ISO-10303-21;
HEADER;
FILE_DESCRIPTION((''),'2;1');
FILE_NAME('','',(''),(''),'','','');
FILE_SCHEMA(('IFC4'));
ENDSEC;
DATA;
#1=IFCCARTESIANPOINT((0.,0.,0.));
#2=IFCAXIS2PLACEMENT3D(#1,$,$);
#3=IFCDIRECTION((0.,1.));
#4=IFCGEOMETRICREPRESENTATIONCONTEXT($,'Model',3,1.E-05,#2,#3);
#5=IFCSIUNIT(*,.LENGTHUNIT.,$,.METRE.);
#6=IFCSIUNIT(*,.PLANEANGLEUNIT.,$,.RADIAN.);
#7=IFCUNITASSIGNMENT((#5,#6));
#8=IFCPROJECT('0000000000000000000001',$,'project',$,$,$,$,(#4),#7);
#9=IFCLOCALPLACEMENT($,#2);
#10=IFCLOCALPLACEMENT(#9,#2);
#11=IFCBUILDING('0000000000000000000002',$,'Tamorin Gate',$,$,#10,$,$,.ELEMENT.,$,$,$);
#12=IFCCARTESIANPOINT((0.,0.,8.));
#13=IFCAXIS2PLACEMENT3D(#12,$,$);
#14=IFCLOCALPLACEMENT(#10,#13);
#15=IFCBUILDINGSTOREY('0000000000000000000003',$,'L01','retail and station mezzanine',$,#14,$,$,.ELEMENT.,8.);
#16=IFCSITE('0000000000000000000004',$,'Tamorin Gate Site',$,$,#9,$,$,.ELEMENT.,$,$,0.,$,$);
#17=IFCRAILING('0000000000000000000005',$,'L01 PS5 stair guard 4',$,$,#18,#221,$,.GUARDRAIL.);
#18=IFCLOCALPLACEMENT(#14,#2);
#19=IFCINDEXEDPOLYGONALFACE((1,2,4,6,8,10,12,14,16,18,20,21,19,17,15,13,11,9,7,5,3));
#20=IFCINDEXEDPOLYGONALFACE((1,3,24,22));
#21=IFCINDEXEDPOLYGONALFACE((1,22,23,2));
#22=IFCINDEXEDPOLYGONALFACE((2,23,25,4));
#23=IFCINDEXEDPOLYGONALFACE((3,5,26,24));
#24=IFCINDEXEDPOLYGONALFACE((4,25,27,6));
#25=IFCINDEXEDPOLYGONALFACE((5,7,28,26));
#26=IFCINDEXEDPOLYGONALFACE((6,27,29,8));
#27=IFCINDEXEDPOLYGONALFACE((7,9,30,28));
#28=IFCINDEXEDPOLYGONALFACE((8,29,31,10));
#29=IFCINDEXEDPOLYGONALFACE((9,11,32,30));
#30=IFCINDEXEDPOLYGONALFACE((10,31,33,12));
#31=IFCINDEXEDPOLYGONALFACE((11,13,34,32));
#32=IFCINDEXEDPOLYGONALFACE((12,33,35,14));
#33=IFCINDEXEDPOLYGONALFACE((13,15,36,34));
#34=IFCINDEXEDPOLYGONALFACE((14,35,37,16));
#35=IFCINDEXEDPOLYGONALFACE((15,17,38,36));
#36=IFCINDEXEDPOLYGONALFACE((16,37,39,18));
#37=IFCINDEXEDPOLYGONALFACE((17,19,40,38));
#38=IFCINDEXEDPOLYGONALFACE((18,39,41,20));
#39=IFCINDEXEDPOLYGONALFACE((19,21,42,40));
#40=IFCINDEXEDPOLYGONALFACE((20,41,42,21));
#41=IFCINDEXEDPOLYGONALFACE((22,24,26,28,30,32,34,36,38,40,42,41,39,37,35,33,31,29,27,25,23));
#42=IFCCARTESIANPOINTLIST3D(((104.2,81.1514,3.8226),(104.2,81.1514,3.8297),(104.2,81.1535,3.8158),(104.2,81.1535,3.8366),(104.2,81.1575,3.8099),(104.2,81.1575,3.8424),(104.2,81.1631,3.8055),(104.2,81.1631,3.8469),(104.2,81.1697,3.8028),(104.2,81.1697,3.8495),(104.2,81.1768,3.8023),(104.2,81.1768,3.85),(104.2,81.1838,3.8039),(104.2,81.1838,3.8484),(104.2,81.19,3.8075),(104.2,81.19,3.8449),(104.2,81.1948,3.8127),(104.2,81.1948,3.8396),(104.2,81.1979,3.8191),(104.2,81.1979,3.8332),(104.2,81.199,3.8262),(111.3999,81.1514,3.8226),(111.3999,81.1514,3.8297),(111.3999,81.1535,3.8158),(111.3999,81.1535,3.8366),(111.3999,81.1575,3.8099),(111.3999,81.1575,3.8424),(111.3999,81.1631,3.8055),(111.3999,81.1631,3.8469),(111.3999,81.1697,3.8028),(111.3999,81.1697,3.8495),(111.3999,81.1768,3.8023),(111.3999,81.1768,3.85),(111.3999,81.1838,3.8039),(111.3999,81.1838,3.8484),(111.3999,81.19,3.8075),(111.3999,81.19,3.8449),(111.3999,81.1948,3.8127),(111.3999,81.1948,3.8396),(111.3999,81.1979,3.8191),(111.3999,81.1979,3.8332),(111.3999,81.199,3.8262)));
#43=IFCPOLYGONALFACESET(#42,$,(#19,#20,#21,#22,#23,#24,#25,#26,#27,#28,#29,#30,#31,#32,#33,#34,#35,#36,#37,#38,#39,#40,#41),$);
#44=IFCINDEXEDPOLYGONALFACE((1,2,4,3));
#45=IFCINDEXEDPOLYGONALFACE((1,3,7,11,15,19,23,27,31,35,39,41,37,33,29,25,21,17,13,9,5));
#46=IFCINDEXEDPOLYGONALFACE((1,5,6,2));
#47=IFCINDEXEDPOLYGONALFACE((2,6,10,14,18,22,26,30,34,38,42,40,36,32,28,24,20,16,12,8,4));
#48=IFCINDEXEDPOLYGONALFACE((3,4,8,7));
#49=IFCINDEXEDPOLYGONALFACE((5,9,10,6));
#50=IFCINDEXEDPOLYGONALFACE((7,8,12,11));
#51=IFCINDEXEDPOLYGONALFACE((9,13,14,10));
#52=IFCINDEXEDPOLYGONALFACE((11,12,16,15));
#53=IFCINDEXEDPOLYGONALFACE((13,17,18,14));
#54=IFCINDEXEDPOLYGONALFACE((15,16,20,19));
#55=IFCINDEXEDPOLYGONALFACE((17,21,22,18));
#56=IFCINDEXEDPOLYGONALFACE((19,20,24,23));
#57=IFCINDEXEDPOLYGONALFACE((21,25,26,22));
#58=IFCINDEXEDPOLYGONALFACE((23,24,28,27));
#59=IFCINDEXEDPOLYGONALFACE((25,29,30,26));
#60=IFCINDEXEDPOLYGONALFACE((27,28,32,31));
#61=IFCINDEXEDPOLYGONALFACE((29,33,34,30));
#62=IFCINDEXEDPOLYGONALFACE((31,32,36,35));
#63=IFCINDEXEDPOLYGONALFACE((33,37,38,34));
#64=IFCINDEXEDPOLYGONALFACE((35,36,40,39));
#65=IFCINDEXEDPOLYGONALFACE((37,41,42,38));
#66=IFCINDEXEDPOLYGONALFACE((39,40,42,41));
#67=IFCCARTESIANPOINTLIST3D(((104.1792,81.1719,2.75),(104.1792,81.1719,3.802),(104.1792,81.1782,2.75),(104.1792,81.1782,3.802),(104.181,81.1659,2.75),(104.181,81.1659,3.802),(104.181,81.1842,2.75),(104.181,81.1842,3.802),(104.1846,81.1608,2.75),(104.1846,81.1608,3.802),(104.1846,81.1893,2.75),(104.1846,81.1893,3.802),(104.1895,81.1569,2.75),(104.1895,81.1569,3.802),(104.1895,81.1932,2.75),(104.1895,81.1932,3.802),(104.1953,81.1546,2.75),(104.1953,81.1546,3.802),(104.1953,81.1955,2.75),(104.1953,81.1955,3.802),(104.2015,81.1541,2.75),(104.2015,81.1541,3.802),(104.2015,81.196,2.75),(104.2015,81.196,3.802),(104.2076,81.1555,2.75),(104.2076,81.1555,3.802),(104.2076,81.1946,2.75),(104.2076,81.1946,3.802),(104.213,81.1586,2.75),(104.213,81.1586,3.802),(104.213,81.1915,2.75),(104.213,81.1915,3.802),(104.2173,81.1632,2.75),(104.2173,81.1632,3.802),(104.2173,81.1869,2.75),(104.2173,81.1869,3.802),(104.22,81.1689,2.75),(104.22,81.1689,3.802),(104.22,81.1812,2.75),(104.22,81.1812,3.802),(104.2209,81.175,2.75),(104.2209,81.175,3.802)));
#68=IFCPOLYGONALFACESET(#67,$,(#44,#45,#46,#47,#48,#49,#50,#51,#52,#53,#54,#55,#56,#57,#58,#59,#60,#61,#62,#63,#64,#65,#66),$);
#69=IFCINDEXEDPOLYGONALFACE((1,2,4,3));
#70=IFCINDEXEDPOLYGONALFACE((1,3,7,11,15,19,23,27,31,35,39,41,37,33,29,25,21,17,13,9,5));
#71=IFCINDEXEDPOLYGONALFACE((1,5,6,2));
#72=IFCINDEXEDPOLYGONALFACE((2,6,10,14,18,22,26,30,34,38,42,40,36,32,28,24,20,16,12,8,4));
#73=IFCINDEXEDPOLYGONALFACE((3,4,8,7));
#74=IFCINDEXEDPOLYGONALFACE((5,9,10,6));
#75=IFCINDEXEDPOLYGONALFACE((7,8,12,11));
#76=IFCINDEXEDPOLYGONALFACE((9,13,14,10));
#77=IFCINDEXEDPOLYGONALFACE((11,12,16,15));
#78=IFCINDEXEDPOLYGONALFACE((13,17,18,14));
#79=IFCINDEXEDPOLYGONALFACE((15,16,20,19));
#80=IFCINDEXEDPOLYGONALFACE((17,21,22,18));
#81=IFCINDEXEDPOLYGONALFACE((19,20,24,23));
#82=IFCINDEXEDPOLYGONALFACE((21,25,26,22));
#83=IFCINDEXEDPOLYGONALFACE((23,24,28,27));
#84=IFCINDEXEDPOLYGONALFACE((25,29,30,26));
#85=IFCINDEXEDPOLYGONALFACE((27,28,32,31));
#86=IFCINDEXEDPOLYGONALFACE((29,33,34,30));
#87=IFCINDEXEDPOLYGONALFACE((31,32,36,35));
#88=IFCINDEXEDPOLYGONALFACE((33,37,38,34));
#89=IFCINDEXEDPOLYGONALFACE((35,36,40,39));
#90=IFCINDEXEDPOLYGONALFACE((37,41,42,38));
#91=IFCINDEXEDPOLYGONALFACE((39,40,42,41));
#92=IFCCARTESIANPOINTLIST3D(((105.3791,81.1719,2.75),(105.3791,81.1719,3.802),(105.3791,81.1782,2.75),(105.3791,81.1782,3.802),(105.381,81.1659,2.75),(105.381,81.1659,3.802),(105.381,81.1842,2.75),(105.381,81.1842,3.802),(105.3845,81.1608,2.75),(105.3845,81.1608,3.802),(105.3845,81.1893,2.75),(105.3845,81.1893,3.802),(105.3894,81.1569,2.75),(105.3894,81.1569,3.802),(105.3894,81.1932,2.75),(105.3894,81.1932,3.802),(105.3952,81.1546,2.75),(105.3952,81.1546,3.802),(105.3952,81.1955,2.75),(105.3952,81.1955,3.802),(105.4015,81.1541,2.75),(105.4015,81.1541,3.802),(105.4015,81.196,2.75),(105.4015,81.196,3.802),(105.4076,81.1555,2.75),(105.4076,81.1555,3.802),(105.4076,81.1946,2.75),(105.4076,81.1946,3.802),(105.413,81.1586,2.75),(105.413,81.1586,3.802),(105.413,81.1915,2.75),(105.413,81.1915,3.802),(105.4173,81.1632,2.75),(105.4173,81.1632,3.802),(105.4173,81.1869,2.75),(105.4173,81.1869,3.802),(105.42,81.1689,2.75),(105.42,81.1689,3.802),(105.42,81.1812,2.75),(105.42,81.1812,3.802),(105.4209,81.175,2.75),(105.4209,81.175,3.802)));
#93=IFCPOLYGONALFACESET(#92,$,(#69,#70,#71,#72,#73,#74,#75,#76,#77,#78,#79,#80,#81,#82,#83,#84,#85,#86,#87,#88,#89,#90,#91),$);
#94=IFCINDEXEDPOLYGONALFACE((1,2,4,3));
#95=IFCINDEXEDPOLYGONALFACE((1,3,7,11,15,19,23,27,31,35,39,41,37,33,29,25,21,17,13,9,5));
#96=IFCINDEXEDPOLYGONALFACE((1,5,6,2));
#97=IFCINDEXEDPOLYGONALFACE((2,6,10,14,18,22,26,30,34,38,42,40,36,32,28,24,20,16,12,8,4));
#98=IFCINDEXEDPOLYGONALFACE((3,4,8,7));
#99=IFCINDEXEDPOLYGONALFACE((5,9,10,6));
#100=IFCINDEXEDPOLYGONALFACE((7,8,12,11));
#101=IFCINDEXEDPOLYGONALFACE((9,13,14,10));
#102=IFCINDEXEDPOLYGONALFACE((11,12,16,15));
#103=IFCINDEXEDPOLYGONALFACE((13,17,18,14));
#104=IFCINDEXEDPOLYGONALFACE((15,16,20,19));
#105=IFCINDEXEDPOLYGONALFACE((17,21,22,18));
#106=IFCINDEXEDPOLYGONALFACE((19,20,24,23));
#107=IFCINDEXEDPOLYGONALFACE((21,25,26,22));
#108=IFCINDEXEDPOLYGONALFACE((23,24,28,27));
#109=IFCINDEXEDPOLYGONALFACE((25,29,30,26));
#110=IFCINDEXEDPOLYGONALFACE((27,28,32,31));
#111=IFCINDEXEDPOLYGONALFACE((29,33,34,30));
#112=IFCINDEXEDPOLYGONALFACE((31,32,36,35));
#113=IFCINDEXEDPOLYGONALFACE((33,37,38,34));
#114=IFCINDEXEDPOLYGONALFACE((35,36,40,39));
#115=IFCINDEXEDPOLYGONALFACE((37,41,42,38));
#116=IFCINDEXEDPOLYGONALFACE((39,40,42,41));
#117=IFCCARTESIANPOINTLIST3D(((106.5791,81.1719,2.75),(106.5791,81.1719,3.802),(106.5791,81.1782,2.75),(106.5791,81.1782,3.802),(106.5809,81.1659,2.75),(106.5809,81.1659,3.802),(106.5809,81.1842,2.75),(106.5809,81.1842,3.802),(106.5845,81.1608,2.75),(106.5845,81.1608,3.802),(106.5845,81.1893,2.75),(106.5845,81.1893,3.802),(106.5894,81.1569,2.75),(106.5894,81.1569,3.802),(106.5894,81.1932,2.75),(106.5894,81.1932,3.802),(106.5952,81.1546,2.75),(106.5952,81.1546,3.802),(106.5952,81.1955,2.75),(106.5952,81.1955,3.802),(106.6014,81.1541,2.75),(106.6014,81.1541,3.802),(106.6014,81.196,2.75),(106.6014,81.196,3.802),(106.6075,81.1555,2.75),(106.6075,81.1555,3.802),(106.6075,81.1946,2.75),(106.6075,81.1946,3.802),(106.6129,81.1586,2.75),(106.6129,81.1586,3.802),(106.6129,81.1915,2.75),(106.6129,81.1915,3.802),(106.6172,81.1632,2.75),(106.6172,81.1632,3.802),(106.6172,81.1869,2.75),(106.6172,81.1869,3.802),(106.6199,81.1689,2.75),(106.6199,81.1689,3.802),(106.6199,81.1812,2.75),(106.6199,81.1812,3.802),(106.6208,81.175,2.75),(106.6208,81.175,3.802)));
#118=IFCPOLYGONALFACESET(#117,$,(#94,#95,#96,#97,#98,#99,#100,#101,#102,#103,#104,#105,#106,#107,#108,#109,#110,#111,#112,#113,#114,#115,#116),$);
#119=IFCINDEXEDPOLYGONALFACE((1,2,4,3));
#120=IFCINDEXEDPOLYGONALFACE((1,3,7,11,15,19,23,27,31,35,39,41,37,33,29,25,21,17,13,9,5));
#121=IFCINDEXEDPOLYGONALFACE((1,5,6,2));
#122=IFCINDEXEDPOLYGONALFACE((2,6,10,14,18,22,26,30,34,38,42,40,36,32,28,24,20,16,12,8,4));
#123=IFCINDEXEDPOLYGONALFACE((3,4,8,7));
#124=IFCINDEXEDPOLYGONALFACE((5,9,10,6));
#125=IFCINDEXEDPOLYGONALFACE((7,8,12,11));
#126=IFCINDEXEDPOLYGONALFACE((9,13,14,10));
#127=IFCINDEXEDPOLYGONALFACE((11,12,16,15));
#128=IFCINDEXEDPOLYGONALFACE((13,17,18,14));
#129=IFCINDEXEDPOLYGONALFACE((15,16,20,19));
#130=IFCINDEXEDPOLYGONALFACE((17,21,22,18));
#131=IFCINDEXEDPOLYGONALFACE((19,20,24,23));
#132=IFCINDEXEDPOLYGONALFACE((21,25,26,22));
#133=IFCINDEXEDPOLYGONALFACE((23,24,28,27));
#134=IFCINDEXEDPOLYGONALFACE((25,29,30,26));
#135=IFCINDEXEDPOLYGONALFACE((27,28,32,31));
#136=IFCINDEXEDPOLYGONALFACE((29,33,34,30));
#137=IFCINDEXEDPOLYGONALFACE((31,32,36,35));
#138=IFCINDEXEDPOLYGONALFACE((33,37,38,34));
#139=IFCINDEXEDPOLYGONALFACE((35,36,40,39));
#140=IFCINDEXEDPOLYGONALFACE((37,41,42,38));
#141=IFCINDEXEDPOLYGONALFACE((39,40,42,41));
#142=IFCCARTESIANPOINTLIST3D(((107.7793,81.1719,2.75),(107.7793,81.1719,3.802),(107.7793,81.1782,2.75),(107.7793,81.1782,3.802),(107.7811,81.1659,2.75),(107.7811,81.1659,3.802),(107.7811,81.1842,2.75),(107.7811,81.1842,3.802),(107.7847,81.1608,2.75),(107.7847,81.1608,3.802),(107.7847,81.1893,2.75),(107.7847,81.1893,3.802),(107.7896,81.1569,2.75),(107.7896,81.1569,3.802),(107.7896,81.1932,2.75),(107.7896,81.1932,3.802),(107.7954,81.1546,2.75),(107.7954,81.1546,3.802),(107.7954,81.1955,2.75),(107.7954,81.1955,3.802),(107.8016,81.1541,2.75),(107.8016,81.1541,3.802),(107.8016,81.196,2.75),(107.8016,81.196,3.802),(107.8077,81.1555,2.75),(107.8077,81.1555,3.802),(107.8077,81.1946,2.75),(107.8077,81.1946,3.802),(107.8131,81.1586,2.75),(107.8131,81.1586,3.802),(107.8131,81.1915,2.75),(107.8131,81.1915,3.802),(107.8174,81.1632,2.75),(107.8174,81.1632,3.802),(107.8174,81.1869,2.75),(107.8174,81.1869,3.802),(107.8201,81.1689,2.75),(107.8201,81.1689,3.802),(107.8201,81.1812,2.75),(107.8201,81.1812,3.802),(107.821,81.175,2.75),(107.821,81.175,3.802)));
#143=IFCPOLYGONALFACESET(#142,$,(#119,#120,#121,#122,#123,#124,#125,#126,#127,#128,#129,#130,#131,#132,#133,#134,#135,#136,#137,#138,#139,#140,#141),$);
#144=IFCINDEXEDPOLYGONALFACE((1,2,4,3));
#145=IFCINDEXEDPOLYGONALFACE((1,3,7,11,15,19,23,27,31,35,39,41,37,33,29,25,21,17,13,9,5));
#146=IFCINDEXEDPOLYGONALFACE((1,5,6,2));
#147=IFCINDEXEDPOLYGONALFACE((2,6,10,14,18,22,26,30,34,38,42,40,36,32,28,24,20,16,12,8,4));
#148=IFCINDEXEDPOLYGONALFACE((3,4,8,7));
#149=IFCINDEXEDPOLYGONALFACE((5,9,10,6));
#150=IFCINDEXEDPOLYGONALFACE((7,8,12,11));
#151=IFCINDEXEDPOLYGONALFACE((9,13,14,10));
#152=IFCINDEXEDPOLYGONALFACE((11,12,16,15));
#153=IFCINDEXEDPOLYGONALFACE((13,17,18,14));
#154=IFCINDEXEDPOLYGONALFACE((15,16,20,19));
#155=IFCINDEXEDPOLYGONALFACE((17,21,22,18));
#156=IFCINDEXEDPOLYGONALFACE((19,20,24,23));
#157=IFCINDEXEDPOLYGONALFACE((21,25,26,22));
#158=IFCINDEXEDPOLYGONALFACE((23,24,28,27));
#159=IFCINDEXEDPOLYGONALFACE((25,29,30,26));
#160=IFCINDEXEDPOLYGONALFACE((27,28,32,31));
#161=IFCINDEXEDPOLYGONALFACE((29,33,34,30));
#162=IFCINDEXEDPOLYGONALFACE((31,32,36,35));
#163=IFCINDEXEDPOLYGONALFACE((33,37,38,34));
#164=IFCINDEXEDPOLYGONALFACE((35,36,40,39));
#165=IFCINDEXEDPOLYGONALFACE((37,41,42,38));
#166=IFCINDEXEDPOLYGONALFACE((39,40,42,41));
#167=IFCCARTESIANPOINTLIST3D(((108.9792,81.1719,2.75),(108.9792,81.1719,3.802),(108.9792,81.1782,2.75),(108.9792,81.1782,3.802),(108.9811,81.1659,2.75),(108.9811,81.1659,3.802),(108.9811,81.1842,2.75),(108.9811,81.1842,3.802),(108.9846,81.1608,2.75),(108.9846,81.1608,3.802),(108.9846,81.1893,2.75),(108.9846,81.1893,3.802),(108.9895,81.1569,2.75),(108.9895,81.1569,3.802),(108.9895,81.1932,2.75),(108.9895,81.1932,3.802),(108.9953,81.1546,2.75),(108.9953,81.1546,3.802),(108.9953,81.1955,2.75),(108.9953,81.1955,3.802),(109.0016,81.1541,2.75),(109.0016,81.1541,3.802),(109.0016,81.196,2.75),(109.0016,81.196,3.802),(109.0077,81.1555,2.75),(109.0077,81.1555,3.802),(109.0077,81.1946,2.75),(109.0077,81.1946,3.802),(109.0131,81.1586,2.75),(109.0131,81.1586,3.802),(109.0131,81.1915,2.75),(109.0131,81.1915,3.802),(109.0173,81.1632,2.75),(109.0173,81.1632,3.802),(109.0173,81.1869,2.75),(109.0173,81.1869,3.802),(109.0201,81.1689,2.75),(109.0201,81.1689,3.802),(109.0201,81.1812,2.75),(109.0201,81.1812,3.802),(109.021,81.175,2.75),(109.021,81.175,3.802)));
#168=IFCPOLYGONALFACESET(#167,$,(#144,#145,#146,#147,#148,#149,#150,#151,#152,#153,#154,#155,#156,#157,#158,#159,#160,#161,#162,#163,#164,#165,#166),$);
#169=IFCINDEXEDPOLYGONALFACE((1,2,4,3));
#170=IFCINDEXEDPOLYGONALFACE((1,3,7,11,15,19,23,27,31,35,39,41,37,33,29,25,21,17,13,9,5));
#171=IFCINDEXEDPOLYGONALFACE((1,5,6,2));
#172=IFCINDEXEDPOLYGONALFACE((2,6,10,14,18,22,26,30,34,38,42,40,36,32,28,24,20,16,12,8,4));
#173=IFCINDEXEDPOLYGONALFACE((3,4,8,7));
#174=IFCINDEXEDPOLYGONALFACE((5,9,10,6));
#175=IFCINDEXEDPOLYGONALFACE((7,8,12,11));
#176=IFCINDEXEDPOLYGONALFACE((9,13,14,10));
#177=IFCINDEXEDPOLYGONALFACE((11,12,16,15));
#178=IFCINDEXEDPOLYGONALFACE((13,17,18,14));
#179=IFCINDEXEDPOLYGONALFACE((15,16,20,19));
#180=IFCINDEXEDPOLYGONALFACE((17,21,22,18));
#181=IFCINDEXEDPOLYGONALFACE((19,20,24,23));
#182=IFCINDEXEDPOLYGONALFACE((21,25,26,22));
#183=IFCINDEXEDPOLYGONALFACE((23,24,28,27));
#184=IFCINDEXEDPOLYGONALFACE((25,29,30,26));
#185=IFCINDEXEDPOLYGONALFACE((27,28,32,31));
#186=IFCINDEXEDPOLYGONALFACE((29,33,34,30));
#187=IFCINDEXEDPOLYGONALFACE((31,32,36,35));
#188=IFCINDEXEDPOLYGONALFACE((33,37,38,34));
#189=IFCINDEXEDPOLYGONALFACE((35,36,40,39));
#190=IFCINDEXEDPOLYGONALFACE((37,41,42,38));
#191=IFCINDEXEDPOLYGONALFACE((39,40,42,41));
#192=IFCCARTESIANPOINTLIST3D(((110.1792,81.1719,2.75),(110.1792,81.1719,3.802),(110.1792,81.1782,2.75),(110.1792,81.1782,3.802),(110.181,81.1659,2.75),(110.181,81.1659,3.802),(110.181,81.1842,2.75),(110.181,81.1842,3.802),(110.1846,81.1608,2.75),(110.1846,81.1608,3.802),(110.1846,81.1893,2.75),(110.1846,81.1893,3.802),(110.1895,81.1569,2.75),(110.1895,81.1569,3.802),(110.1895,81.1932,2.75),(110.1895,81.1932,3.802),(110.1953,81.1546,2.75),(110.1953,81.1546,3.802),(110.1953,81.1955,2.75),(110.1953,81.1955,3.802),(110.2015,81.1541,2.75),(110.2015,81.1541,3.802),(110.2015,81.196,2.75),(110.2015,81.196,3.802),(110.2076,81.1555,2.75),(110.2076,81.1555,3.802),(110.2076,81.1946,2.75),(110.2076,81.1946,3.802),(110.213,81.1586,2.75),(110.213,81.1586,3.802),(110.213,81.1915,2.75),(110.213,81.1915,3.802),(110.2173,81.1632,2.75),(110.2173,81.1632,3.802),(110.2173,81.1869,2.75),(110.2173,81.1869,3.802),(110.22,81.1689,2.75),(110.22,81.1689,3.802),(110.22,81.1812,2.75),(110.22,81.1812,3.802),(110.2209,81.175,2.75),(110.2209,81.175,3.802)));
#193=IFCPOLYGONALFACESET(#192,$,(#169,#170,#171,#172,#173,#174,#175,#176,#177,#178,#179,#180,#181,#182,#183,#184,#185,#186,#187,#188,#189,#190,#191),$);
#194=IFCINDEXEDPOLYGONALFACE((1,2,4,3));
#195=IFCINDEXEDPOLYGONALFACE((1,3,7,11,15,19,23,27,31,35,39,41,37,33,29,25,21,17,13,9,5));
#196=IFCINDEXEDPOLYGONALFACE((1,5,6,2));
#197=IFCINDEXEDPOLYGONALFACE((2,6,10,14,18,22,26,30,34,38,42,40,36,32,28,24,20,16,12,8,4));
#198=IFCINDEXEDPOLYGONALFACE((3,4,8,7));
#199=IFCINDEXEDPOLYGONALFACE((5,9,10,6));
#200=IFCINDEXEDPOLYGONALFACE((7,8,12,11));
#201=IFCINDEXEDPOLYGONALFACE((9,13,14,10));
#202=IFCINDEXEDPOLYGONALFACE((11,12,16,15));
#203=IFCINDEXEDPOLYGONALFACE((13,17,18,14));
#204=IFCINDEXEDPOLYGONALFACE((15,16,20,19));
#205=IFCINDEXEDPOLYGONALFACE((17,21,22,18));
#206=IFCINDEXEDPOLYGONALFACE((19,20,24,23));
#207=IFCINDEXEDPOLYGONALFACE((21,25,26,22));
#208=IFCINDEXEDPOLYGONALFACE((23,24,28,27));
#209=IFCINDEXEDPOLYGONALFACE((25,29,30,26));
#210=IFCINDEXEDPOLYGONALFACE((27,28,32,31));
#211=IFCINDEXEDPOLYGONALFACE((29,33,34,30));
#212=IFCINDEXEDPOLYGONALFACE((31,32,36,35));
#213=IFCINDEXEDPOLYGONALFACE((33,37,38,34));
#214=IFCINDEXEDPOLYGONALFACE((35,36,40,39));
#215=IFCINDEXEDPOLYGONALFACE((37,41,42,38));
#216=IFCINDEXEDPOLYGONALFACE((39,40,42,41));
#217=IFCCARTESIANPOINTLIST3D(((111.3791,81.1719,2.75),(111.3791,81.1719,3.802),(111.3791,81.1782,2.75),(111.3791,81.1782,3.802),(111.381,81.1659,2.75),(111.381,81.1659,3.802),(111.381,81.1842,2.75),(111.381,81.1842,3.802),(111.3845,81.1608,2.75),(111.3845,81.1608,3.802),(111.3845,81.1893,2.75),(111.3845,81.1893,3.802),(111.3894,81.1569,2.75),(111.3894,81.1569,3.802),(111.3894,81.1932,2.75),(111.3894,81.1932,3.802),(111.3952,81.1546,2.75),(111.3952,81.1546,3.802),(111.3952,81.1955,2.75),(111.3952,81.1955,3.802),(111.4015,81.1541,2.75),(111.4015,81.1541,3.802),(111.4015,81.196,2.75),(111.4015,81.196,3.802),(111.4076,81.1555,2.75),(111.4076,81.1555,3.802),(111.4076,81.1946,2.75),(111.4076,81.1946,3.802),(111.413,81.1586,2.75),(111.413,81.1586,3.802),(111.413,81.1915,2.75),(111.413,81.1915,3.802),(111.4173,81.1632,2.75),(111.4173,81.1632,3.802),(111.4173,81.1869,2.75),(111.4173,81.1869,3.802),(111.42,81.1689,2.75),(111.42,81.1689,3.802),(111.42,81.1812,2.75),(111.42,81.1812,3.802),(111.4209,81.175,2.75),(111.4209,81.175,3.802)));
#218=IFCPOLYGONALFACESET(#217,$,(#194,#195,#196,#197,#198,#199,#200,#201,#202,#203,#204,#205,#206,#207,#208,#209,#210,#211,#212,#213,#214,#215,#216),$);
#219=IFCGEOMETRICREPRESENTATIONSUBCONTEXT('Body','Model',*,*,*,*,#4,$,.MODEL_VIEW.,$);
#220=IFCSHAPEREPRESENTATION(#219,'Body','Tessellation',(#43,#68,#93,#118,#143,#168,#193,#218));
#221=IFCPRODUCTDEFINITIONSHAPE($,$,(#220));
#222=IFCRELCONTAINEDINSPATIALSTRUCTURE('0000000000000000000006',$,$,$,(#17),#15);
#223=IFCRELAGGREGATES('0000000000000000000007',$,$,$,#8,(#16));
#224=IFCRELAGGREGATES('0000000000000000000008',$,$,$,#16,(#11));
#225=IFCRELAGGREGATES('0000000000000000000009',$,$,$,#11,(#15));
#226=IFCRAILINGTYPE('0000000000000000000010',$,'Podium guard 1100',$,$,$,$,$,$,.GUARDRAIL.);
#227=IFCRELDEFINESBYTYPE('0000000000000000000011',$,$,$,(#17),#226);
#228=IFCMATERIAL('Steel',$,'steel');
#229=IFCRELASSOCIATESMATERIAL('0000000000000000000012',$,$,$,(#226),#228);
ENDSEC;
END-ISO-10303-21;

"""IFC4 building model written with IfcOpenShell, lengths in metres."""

from ifc_helpers import new_model, si_unit, direction, frame, origin, origin_2d, place, context, subcontext, project, spatial, circle, extrude, material, type_object, element, save


model = new_model("IFC4")

# Units and contexts
model_context = context("Model", 3, precision=1e-05, world=origin(), true_north=direction((0.0, 1.0)))
body_context = subcontext(model_context, "Body", "Model", "MODEL_VIEW")
ifc_project = project(units=[si_unit("LENGTHUNIT", "METRE"), si_unit("PLANEANGLEUNIT", "RADIAN")], contexts=[model_context])

# Site, building, storey
site_placement = place(None, origin())
site = spatial("IfcSite", under=ifc_project, at=site_placement, Name="Tamorin Gate Site", CompositionType="ELEMENT", RefElevation=0.0)
building_placement = place(site_placement, origin())
building = spatial("IfcBuilding", under=site, at=building_placement, Name="Tamorin Gate", CompositionType="ELEMENT")
storey_placement = place(building_placement, frame((0.0, 0.0, 8.0)))
storey = spatial("IfcBuildingStorey", under=building, at=storey_placement, Name="L01", Description="retail and station mezzanine", CompositionType="ELEMENT", Elevation=8.0)

# Railing
ifc_material_1 = material(Name="Steel", Category="steel")
railing_type_1 = type_object("IfcRailingType", Name="Podium guard 1100", PredefinedType="GUARDRAIL", material=ifc_material_1)
railing_1_placement = place(storey_placement, frame((104.2, 81.175, 2.75)))
element("IfcRailing", 1, at=railing_1_placement, inside=storey, type_object=railing_type_1, Name="L01 PS5 stair guard 4", PredefinedType="GUARDRAIL", context=body_context, shape_type="SweptSolid", body=[
    extrude(circle(Radius=0.0239, at=origin_2d()), frame((0.0, 0.0, 1.0762), z_axis=(1.0, 0.0, 0.0), x_axis=(0.0, 1.0, 0.0)), (0.0, 0.0, 1.0), 7.2),
    extrude(circle(Radius=0.021, at=origin_2d()), origin(), (0.0, 0.0, 1.0), 1.052),
    extrude(circle(Radius=0.021, at=origin_2d()), frame((1.2, 0.0, 0.0)), (0.0, 0.0, 1.0), 1.052),
    extrude(circle(Radius=0.021, at=origin_2d()), frame((2.3999, 0.0, 0.0)), (0.0, 0.0, 1.0), 1.052),
    extrude(circle(Radius=0.021, at=origin_2d()), frame((3.6001, 0.0, 0.0)), (0.0, 0.0, 1.0), 1.052),
    extrude(circle(Radius=0.021, at=origin_2d()), frame((4.8, 0.0, 0.0)), (0.0, 0.0, 1.0), 1.052),
    extrude(circle(Radius=0.021, at=origin_2d()), frame((6.0, 0.0, 0.0)), (0.0, 0.0, 1.0), 1.052),
    extrude(circle(Radius=0.021, at=origin_2d()), frame((7.2, 0.0, 0.0)), (0.0, 0.0, 1.0), 1.052),
])

save(model, "model.ifc")
